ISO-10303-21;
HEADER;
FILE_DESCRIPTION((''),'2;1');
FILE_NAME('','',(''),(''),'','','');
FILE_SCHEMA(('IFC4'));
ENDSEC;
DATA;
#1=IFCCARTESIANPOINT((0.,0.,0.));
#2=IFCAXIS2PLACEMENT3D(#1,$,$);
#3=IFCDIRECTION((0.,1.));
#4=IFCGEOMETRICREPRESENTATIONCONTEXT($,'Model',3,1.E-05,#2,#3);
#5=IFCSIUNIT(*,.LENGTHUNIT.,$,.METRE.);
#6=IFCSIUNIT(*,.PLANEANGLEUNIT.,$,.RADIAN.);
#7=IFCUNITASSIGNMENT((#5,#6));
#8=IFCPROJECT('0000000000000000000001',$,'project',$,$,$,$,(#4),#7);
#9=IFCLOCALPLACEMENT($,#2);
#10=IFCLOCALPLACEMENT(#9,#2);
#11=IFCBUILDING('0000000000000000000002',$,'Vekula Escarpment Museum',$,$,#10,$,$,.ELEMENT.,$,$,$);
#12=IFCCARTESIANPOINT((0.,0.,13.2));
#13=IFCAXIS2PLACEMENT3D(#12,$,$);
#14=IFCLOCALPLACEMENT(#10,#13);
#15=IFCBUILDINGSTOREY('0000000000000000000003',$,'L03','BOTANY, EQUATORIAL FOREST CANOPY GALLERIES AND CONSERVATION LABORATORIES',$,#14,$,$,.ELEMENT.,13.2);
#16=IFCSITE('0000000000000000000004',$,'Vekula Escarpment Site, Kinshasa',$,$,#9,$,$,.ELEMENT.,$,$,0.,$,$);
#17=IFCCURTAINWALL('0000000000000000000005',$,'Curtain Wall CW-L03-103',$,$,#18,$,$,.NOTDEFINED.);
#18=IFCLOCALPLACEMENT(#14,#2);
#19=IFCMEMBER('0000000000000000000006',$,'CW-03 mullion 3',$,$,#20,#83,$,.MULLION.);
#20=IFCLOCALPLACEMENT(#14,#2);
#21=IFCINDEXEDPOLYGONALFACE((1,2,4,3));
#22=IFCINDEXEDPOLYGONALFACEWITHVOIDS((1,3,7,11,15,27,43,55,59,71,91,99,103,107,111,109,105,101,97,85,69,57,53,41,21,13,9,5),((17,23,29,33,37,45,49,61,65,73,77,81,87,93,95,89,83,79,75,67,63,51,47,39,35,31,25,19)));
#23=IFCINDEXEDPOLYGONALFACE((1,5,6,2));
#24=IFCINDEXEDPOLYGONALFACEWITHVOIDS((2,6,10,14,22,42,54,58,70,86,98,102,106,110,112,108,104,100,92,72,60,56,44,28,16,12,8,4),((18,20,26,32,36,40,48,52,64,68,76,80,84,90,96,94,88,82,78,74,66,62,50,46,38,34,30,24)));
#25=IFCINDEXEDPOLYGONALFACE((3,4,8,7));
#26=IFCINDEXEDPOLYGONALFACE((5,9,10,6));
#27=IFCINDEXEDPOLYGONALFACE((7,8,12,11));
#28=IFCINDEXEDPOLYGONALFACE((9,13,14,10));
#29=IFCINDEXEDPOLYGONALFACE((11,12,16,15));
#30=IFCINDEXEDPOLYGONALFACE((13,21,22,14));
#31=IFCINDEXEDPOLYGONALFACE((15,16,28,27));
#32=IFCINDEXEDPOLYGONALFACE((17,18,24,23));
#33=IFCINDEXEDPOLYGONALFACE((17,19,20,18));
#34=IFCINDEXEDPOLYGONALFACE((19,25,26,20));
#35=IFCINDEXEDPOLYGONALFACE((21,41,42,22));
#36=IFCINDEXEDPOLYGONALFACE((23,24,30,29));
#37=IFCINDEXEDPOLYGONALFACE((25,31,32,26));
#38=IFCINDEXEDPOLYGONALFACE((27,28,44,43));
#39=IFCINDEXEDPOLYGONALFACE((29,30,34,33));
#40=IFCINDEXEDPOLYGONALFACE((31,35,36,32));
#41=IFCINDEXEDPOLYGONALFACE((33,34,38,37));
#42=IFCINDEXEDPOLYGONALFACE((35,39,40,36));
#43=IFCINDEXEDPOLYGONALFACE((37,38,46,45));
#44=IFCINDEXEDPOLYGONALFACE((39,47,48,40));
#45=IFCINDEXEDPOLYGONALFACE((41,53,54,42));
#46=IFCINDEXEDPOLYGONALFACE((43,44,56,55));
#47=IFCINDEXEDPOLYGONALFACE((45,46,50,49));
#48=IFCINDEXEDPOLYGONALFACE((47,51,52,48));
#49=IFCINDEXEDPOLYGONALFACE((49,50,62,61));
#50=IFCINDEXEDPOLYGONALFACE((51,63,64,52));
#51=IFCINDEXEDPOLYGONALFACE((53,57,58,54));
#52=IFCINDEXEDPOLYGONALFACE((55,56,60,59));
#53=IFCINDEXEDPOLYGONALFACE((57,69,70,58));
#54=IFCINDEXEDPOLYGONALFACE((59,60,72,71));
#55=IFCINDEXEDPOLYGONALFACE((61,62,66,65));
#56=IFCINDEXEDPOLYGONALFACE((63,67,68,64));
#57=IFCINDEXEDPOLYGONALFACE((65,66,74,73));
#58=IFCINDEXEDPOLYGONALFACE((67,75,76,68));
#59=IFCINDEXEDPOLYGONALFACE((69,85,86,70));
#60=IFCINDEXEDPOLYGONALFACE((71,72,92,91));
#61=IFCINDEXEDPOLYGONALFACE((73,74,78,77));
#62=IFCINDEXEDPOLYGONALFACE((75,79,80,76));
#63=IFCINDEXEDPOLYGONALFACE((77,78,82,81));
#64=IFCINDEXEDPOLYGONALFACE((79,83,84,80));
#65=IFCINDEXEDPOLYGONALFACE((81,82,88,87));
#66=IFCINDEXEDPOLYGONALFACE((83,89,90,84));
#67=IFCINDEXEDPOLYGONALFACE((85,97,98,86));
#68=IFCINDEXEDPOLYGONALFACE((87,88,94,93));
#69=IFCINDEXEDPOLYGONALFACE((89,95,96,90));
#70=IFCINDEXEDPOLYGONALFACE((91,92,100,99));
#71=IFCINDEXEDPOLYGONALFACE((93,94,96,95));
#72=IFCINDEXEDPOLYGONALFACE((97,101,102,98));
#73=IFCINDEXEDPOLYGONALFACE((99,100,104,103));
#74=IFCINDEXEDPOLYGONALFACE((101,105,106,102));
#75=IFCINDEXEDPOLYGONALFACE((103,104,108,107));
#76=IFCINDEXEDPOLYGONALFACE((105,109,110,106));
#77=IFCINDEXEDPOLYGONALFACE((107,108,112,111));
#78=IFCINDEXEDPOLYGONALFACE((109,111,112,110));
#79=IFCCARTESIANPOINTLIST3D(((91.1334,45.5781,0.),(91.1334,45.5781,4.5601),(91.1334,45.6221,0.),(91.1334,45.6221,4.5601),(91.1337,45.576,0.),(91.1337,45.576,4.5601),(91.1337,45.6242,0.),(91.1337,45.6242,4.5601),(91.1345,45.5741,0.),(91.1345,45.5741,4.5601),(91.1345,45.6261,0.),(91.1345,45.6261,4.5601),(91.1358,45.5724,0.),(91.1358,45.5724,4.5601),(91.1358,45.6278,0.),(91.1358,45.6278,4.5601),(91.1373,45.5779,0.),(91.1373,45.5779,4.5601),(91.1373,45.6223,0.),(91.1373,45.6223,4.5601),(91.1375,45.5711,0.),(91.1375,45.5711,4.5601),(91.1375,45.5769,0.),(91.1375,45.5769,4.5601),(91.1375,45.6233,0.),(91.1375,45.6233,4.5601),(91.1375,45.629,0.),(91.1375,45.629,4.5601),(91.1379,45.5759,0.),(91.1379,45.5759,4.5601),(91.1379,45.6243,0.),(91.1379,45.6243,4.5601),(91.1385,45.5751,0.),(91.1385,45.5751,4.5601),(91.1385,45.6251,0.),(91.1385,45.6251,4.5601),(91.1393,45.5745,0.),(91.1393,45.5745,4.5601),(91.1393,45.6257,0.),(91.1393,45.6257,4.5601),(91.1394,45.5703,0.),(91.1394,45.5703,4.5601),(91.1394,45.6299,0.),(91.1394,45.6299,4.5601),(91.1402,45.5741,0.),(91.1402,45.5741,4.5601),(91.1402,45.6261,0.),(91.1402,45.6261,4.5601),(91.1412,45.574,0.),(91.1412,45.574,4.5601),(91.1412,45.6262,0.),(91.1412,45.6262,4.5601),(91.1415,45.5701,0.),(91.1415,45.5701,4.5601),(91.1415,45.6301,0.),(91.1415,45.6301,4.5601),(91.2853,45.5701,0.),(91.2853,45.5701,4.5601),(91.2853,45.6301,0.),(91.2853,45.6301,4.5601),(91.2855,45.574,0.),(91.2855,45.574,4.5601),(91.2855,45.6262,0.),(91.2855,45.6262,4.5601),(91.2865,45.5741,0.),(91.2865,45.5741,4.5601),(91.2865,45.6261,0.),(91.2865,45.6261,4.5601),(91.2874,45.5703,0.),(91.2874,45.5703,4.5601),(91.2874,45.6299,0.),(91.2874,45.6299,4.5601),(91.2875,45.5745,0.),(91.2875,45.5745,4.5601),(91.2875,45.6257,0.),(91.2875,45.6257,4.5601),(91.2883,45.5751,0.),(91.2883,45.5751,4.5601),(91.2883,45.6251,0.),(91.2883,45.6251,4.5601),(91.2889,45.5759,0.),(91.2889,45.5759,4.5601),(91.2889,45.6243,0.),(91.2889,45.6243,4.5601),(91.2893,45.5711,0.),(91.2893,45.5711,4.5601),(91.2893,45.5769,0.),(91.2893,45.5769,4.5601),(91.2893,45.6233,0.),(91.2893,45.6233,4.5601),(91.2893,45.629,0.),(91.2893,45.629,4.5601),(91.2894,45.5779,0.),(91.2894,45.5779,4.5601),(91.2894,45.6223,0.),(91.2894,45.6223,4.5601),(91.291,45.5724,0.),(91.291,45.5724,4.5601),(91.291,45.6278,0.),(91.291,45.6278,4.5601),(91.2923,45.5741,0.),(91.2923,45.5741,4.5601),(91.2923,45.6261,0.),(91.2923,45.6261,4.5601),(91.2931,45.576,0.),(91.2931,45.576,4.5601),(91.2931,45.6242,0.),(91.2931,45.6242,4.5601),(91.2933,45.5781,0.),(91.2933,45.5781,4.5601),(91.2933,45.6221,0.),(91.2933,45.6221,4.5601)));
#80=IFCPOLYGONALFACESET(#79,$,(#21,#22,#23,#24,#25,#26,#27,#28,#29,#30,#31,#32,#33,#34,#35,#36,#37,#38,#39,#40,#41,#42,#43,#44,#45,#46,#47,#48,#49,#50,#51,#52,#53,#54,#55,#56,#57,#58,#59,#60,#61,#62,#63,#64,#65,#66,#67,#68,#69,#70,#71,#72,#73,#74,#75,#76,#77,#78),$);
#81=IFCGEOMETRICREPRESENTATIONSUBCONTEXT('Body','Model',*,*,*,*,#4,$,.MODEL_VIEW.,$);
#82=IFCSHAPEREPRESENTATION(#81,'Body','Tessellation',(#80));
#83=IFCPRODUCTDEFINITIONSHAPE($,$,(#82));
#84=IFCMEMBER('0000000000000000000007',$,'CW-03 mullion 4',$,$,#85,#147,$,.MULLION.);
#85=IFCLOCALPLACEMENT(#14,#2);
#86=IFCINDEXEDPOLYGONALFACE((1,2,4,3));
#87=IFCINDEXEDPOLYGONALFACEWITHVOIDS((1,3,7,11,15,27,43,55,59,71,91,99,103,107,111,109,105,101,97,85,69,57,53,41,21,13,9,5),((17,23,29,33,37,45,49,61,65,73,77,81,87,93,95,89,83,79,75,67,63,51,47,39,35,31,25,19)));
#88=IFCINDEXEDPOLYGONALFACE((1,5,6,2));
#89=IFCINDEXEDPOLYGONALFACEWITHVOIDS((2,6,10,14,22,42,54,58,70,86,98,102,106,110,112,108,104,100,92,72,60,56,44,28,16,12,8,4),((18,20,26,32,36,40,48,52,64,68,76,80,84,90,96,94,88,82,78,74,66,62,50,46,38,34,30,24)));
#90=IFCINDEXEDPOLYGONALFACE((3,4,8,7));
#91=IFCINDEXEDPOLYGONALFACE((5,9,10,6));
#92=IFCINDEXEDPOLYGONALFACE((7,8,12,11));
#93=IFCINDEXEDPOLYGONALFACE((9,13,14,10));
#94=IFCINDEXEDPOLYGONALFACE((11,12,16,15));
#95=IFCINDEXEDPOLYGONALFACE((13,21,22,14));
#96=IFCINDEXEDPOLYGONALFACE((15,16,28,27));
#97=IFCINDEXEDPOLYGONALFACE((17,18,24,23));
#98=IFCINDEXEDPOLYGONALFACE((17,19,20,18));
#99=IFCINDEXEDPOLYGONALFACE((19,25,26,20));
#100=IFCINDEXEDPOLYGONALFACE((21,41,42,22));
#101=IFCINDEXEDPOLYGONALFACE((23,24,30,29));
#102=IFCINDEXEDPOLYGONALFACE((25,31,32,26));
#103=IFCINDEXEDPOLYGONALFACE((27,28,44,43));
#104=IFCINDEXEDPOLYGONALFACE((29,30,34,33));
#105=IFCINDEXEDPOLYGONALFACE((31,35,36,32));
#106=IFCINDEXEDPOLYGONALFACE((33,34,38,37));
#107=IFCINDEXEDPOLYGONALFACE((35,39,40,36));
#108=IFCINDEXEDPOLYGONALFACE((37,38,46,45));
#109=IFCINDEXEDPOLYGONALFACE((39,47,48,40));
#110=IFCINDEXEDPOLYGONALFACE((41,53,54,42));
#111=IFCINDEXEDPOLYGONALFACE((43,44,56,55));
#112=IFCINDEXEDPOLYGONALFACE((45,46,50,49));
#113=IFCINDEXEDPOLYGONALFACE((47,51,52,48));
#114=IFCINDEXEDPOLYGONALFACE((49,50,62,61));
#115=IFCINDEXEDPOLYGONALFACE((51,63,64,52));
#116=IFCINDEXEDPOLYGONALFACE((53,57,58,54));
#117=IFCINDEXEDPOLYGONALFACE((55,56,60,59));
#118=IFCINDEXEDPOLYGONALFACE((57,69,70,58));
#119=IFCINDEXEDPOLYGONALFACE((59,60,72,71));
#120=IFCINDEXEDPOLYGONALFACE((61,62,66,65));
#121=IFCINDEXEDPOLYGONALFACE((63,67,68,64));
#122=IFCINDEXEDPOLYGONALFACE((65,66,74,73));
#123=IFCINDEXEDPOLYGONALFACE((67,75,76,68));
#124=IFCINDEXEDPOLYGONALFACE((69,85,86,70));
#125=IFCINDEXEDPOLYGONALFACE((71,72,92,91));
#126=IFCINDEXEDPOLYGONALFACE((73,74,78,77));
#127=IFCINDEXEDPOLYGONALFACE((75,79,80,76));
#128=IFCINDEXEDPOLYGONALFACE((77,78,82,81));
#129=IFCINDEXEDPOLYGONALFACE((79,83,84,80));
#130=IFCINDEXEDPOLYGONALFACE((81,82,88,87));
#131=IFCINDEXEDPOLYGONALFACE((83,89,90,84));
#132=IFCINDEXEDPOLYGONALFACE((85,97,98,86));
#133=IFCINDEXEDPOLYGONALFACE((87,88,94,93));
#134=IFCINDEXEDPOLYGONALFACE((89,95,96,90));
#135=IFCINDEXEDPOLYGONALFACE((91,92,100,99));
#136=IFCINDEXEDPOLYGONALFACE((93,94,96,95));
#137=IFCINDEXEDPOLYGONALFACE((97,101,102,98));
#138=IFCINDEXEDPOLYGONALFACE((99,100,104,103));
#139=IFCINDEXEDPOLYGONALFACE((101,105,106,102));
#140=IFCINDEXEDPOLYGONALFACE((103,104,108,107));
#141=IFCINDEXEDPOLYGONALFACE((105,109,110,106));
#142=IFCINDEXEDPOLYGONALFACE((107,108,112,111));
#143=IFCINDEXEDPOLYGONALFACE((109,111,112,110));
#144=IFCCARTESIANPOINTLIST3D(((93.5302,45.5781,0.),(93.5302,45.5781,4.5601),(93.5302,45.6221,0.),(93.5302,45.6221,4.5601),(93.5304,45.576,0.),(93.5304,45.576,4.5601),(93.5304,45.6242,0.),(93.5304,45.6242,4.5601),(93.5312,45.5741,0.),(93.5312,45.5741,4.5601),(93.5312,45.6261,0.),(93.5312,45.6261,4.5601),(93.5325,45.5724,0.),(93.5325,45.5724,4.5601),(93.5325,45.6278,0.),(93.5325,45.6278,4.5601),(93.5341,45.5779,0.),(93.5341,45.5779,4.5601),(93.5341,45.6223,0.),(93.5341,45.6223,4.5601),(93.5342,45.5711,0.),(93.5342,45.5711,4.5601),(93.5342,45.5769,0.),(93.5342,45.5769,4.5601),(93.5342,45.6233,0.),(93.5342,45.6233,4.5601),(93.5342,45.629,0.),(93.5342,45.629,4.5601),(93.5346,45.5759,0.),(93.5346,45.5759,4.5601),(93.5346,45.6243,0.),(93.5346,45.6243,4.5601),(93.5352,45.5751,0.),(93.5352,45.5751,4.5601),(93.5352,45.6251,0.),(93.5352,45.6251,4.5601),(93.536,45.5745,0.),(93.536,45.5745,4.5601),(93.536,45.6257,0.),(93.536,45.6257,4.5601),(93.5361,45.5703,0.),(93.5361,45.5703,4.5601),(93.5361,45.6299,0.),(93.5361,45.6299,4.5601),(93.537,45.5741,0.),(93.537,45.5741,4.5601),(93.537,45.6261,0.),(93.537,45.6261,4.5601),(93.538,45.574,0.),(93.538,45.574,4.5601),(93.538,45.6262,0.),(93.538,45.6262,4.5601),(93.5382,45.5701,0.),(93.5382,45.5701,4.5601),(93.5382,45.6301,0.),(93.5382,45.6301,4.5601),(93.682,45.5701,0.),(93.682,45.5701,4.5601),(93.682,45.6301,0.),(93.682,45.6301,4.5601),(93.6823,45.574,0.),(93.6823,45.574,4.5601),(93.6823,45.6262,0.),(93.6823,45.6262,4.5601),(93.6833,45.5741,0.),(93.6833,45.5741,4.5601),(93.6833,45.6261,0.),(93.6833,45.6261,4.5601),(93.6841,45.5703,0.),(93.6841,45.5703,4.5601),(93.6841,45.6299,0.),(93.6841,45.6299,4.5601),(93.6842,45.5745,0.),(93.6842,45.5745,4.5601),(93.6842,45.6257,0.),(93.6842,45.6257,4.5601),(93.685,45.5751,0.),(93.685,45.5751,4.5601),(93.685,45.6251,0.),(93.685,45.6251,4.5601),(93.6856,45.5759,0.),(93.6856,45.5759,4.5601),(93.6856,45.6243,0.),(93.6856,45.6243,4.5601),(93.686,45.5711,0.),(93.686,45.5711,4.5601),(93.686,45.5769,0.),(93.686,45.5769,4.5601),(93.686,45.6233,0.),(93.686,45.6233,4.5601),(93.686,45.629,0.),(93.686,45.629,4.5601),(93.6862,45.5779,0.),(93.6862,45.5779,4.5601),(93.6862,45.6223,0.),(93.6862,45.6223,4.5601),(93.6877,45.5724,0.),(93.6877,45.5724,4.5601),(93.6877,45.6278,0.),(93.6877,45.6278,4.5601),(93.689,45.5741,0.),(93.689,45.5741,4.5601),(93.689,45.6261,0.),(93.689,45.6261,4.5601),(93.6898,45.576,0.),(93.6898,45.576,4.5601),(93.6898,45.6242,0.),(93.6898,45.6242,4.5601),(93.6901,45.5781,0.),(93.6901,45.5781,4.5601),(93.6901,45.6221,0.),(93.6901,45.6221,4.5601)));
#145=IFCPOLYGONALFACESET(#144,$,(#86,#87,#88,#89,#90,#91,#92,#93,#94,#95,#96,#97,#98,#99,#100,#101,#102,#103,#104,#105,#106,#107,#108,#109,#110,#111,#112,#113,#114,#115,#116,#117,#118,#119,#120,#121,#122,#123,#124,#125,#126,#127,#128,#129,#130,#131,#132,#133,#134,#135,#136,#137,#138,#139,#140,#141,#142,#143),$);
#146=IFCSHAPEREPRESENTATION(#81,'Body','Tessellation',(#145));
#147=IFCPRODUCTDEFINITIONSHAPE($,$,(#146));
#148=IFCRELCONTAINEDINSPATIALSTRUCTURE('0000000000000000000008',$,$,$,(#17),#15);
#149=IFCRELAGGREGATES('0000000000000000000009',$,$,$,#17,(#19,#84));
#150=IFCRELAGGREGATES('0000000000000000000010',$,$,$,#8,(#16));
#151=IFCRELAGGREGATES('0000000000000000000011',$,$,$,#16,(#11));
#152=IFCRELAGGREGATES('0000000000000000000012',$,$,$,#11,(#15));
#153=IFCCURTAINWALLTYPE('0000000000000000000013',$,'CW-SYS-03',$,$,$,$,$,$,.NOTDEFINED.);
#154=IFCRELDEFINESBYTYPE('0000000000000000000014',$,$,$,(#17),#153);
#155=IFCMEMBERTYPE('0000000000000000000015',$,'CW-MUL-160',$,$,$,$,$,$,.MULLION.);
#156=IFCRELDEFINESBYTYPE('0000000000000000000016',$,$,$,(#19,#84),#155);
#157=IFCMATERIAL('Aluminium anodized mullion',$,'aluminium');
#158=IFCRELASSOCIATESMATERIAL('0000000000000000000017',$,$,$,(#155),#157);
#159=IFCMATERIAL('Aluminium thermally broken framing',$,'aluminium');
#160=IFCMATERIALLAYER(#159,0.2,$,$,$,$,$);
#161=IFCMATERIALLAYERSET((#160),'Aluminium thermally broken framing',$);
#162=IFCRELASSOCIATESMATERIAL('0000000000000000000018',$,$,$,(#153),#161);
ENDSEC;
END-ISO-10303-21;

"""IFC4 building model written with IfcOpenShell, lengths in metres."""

from ifc_helpers import new_model, si_unit, direction, frame, origin, origin_2d, place, context, subcontext, project, spatial, hollow_rectangle, extrude, material, layer, layer_set, material_profile, profile_set, type_object, element, aggregate, save


model = new_model("IFC4")

# Units and contexts
model_context = context("Model", 3, precision=1e-05, world=origin(), true_north=direction((0.0, 1.0)))
body_context = subcontext(model_context, "Body", "Model", "MODEL_VIEW")
ifc_project = project(units=[si_unit("LENGTHUNIT", "METRE"), si_unit("PLANEANGLEUNIT", "RADIAN")], contexts=[model_context])

# Site, building, storey
site_placement = place(None, origin())
site = spatial("IfcSite", under=ifc_project, at=site_placement, Name="Vekula Escarpment Site, Kinshasa", CompositionType="ELEMENT", RefElevation=0.0)
building_placement = place(site_placement, origin())
building = spatial("IfcBuilding", under=site, at=building_placement, Name="Vekula Escarpment Museum", CompositionType="ELEMENT")
storey_placement = place(building_placement, frame((0.0, 0.0, 13.2)))
storey = spatial("IfcBuildingStorey", under=building, at=storey_placement, Name="L03", Description="BOTANY, EQUATORIAL FOREST CANOPY GALLERIES AND CONSERVATION LABORATORIES", CompositionType="ELEMENT", Elevation=13.2)

# Shared definitions
ifc_material_1 = material(Name="Aluminium anodized mullion", Category="aluminium")
ifc_material_profile_1 = material_profile(ifc_material_1, hollow_rectangle(XDim=0.0601, YDim=0.1599, WallThickness=0.0039, InnerFilletRadius=0.0039, OuterFilletRadius=0.0081, at=origin_2d()), Name="ALU 160x60x4")
ifc_profile_set_1 = profile_set([ifc_material_profile_1], Name="Aluminium anodized mullion")
member_type_1 = type_object("IfcMemberType", Name="CW-MUL-160", PredefinedType="MULLION", material=ifc_profile_set_1)

# Curtain wall, members
ifc_material_2 = material(Name="Aluminium thermally broken framing", Category="aluminium")
ifc_layer_1 = layer(ifc_material_2, 0.2)
ifc_layer_set_1 = layer_set([ifc_layer_1], Name="Aluminium thermally broken framing")
curtain_wall_type_1 = type_object("IfcCurtainWallType", Name="CW-SYS-03", PredefinedType="NOTDEFINED", material=ifc_layer_set_1)
curtain_wall_1_placement = place(storey_placement, origin())
curtain_wall_1 = element("IfcCurtainWall", 1, at=curtain_wall_1_placement, inside=storey, type_object=curtain_wall_type_1, Name="Curtain Wall CW-L03-103", PredefinedType="NOTDEFINED")
member_1_placement = place(storey_placement, frame((91.2134, 45.6001, 0.0), z_axis=(0.0, 0.0, 1.0), x_axis=(0.0, 1.0, 0.0)))
member_1 = element("IfcMember", 2, at=member_1_placement, type_object=member_type_1, Name="CW-03 mullion 3", PredefinedType="MULLION", context=body_context, shape_type="SweptSolid", body=[
    extrude(hollow_rectangle(XDim=0.0601, YDim=0.1599, WallThickness=0.0039, InnerFilletRadius=0.0039, OuterFilletRadius=0.0081, at=origin_2d()), origin(), (0.0, 0.0, 1.0), 4.5601),
])
member_2_placement = place(storey_placement, frame((93.6101, 45.6001, 0.0), z_axis=(0.0, 0.0, 1.0), x_axis=(0.0, 1.0, 0.0)))
member_2 = element("IfcMember", 3, at=member_2_placement, type_object=member_type_1, Name="CW-03 mullion 4", PredefinedType="MULLION", context=body_context, shape_type="SweptSolid", body=[
    extrude(hollow_rectangle(XDim=0.0601, YDim=0.1599, WallThickness=0.0039, InnerFilletRadius=0.0039, OuterFilletRadius=0.0081, at=origin_2d()), origin(), (0.0, 0.0, 1.0), 4.5601),
])

aggregate(curtain_wall_1, [member_1, member_2])

save(model, "model.ifc")
